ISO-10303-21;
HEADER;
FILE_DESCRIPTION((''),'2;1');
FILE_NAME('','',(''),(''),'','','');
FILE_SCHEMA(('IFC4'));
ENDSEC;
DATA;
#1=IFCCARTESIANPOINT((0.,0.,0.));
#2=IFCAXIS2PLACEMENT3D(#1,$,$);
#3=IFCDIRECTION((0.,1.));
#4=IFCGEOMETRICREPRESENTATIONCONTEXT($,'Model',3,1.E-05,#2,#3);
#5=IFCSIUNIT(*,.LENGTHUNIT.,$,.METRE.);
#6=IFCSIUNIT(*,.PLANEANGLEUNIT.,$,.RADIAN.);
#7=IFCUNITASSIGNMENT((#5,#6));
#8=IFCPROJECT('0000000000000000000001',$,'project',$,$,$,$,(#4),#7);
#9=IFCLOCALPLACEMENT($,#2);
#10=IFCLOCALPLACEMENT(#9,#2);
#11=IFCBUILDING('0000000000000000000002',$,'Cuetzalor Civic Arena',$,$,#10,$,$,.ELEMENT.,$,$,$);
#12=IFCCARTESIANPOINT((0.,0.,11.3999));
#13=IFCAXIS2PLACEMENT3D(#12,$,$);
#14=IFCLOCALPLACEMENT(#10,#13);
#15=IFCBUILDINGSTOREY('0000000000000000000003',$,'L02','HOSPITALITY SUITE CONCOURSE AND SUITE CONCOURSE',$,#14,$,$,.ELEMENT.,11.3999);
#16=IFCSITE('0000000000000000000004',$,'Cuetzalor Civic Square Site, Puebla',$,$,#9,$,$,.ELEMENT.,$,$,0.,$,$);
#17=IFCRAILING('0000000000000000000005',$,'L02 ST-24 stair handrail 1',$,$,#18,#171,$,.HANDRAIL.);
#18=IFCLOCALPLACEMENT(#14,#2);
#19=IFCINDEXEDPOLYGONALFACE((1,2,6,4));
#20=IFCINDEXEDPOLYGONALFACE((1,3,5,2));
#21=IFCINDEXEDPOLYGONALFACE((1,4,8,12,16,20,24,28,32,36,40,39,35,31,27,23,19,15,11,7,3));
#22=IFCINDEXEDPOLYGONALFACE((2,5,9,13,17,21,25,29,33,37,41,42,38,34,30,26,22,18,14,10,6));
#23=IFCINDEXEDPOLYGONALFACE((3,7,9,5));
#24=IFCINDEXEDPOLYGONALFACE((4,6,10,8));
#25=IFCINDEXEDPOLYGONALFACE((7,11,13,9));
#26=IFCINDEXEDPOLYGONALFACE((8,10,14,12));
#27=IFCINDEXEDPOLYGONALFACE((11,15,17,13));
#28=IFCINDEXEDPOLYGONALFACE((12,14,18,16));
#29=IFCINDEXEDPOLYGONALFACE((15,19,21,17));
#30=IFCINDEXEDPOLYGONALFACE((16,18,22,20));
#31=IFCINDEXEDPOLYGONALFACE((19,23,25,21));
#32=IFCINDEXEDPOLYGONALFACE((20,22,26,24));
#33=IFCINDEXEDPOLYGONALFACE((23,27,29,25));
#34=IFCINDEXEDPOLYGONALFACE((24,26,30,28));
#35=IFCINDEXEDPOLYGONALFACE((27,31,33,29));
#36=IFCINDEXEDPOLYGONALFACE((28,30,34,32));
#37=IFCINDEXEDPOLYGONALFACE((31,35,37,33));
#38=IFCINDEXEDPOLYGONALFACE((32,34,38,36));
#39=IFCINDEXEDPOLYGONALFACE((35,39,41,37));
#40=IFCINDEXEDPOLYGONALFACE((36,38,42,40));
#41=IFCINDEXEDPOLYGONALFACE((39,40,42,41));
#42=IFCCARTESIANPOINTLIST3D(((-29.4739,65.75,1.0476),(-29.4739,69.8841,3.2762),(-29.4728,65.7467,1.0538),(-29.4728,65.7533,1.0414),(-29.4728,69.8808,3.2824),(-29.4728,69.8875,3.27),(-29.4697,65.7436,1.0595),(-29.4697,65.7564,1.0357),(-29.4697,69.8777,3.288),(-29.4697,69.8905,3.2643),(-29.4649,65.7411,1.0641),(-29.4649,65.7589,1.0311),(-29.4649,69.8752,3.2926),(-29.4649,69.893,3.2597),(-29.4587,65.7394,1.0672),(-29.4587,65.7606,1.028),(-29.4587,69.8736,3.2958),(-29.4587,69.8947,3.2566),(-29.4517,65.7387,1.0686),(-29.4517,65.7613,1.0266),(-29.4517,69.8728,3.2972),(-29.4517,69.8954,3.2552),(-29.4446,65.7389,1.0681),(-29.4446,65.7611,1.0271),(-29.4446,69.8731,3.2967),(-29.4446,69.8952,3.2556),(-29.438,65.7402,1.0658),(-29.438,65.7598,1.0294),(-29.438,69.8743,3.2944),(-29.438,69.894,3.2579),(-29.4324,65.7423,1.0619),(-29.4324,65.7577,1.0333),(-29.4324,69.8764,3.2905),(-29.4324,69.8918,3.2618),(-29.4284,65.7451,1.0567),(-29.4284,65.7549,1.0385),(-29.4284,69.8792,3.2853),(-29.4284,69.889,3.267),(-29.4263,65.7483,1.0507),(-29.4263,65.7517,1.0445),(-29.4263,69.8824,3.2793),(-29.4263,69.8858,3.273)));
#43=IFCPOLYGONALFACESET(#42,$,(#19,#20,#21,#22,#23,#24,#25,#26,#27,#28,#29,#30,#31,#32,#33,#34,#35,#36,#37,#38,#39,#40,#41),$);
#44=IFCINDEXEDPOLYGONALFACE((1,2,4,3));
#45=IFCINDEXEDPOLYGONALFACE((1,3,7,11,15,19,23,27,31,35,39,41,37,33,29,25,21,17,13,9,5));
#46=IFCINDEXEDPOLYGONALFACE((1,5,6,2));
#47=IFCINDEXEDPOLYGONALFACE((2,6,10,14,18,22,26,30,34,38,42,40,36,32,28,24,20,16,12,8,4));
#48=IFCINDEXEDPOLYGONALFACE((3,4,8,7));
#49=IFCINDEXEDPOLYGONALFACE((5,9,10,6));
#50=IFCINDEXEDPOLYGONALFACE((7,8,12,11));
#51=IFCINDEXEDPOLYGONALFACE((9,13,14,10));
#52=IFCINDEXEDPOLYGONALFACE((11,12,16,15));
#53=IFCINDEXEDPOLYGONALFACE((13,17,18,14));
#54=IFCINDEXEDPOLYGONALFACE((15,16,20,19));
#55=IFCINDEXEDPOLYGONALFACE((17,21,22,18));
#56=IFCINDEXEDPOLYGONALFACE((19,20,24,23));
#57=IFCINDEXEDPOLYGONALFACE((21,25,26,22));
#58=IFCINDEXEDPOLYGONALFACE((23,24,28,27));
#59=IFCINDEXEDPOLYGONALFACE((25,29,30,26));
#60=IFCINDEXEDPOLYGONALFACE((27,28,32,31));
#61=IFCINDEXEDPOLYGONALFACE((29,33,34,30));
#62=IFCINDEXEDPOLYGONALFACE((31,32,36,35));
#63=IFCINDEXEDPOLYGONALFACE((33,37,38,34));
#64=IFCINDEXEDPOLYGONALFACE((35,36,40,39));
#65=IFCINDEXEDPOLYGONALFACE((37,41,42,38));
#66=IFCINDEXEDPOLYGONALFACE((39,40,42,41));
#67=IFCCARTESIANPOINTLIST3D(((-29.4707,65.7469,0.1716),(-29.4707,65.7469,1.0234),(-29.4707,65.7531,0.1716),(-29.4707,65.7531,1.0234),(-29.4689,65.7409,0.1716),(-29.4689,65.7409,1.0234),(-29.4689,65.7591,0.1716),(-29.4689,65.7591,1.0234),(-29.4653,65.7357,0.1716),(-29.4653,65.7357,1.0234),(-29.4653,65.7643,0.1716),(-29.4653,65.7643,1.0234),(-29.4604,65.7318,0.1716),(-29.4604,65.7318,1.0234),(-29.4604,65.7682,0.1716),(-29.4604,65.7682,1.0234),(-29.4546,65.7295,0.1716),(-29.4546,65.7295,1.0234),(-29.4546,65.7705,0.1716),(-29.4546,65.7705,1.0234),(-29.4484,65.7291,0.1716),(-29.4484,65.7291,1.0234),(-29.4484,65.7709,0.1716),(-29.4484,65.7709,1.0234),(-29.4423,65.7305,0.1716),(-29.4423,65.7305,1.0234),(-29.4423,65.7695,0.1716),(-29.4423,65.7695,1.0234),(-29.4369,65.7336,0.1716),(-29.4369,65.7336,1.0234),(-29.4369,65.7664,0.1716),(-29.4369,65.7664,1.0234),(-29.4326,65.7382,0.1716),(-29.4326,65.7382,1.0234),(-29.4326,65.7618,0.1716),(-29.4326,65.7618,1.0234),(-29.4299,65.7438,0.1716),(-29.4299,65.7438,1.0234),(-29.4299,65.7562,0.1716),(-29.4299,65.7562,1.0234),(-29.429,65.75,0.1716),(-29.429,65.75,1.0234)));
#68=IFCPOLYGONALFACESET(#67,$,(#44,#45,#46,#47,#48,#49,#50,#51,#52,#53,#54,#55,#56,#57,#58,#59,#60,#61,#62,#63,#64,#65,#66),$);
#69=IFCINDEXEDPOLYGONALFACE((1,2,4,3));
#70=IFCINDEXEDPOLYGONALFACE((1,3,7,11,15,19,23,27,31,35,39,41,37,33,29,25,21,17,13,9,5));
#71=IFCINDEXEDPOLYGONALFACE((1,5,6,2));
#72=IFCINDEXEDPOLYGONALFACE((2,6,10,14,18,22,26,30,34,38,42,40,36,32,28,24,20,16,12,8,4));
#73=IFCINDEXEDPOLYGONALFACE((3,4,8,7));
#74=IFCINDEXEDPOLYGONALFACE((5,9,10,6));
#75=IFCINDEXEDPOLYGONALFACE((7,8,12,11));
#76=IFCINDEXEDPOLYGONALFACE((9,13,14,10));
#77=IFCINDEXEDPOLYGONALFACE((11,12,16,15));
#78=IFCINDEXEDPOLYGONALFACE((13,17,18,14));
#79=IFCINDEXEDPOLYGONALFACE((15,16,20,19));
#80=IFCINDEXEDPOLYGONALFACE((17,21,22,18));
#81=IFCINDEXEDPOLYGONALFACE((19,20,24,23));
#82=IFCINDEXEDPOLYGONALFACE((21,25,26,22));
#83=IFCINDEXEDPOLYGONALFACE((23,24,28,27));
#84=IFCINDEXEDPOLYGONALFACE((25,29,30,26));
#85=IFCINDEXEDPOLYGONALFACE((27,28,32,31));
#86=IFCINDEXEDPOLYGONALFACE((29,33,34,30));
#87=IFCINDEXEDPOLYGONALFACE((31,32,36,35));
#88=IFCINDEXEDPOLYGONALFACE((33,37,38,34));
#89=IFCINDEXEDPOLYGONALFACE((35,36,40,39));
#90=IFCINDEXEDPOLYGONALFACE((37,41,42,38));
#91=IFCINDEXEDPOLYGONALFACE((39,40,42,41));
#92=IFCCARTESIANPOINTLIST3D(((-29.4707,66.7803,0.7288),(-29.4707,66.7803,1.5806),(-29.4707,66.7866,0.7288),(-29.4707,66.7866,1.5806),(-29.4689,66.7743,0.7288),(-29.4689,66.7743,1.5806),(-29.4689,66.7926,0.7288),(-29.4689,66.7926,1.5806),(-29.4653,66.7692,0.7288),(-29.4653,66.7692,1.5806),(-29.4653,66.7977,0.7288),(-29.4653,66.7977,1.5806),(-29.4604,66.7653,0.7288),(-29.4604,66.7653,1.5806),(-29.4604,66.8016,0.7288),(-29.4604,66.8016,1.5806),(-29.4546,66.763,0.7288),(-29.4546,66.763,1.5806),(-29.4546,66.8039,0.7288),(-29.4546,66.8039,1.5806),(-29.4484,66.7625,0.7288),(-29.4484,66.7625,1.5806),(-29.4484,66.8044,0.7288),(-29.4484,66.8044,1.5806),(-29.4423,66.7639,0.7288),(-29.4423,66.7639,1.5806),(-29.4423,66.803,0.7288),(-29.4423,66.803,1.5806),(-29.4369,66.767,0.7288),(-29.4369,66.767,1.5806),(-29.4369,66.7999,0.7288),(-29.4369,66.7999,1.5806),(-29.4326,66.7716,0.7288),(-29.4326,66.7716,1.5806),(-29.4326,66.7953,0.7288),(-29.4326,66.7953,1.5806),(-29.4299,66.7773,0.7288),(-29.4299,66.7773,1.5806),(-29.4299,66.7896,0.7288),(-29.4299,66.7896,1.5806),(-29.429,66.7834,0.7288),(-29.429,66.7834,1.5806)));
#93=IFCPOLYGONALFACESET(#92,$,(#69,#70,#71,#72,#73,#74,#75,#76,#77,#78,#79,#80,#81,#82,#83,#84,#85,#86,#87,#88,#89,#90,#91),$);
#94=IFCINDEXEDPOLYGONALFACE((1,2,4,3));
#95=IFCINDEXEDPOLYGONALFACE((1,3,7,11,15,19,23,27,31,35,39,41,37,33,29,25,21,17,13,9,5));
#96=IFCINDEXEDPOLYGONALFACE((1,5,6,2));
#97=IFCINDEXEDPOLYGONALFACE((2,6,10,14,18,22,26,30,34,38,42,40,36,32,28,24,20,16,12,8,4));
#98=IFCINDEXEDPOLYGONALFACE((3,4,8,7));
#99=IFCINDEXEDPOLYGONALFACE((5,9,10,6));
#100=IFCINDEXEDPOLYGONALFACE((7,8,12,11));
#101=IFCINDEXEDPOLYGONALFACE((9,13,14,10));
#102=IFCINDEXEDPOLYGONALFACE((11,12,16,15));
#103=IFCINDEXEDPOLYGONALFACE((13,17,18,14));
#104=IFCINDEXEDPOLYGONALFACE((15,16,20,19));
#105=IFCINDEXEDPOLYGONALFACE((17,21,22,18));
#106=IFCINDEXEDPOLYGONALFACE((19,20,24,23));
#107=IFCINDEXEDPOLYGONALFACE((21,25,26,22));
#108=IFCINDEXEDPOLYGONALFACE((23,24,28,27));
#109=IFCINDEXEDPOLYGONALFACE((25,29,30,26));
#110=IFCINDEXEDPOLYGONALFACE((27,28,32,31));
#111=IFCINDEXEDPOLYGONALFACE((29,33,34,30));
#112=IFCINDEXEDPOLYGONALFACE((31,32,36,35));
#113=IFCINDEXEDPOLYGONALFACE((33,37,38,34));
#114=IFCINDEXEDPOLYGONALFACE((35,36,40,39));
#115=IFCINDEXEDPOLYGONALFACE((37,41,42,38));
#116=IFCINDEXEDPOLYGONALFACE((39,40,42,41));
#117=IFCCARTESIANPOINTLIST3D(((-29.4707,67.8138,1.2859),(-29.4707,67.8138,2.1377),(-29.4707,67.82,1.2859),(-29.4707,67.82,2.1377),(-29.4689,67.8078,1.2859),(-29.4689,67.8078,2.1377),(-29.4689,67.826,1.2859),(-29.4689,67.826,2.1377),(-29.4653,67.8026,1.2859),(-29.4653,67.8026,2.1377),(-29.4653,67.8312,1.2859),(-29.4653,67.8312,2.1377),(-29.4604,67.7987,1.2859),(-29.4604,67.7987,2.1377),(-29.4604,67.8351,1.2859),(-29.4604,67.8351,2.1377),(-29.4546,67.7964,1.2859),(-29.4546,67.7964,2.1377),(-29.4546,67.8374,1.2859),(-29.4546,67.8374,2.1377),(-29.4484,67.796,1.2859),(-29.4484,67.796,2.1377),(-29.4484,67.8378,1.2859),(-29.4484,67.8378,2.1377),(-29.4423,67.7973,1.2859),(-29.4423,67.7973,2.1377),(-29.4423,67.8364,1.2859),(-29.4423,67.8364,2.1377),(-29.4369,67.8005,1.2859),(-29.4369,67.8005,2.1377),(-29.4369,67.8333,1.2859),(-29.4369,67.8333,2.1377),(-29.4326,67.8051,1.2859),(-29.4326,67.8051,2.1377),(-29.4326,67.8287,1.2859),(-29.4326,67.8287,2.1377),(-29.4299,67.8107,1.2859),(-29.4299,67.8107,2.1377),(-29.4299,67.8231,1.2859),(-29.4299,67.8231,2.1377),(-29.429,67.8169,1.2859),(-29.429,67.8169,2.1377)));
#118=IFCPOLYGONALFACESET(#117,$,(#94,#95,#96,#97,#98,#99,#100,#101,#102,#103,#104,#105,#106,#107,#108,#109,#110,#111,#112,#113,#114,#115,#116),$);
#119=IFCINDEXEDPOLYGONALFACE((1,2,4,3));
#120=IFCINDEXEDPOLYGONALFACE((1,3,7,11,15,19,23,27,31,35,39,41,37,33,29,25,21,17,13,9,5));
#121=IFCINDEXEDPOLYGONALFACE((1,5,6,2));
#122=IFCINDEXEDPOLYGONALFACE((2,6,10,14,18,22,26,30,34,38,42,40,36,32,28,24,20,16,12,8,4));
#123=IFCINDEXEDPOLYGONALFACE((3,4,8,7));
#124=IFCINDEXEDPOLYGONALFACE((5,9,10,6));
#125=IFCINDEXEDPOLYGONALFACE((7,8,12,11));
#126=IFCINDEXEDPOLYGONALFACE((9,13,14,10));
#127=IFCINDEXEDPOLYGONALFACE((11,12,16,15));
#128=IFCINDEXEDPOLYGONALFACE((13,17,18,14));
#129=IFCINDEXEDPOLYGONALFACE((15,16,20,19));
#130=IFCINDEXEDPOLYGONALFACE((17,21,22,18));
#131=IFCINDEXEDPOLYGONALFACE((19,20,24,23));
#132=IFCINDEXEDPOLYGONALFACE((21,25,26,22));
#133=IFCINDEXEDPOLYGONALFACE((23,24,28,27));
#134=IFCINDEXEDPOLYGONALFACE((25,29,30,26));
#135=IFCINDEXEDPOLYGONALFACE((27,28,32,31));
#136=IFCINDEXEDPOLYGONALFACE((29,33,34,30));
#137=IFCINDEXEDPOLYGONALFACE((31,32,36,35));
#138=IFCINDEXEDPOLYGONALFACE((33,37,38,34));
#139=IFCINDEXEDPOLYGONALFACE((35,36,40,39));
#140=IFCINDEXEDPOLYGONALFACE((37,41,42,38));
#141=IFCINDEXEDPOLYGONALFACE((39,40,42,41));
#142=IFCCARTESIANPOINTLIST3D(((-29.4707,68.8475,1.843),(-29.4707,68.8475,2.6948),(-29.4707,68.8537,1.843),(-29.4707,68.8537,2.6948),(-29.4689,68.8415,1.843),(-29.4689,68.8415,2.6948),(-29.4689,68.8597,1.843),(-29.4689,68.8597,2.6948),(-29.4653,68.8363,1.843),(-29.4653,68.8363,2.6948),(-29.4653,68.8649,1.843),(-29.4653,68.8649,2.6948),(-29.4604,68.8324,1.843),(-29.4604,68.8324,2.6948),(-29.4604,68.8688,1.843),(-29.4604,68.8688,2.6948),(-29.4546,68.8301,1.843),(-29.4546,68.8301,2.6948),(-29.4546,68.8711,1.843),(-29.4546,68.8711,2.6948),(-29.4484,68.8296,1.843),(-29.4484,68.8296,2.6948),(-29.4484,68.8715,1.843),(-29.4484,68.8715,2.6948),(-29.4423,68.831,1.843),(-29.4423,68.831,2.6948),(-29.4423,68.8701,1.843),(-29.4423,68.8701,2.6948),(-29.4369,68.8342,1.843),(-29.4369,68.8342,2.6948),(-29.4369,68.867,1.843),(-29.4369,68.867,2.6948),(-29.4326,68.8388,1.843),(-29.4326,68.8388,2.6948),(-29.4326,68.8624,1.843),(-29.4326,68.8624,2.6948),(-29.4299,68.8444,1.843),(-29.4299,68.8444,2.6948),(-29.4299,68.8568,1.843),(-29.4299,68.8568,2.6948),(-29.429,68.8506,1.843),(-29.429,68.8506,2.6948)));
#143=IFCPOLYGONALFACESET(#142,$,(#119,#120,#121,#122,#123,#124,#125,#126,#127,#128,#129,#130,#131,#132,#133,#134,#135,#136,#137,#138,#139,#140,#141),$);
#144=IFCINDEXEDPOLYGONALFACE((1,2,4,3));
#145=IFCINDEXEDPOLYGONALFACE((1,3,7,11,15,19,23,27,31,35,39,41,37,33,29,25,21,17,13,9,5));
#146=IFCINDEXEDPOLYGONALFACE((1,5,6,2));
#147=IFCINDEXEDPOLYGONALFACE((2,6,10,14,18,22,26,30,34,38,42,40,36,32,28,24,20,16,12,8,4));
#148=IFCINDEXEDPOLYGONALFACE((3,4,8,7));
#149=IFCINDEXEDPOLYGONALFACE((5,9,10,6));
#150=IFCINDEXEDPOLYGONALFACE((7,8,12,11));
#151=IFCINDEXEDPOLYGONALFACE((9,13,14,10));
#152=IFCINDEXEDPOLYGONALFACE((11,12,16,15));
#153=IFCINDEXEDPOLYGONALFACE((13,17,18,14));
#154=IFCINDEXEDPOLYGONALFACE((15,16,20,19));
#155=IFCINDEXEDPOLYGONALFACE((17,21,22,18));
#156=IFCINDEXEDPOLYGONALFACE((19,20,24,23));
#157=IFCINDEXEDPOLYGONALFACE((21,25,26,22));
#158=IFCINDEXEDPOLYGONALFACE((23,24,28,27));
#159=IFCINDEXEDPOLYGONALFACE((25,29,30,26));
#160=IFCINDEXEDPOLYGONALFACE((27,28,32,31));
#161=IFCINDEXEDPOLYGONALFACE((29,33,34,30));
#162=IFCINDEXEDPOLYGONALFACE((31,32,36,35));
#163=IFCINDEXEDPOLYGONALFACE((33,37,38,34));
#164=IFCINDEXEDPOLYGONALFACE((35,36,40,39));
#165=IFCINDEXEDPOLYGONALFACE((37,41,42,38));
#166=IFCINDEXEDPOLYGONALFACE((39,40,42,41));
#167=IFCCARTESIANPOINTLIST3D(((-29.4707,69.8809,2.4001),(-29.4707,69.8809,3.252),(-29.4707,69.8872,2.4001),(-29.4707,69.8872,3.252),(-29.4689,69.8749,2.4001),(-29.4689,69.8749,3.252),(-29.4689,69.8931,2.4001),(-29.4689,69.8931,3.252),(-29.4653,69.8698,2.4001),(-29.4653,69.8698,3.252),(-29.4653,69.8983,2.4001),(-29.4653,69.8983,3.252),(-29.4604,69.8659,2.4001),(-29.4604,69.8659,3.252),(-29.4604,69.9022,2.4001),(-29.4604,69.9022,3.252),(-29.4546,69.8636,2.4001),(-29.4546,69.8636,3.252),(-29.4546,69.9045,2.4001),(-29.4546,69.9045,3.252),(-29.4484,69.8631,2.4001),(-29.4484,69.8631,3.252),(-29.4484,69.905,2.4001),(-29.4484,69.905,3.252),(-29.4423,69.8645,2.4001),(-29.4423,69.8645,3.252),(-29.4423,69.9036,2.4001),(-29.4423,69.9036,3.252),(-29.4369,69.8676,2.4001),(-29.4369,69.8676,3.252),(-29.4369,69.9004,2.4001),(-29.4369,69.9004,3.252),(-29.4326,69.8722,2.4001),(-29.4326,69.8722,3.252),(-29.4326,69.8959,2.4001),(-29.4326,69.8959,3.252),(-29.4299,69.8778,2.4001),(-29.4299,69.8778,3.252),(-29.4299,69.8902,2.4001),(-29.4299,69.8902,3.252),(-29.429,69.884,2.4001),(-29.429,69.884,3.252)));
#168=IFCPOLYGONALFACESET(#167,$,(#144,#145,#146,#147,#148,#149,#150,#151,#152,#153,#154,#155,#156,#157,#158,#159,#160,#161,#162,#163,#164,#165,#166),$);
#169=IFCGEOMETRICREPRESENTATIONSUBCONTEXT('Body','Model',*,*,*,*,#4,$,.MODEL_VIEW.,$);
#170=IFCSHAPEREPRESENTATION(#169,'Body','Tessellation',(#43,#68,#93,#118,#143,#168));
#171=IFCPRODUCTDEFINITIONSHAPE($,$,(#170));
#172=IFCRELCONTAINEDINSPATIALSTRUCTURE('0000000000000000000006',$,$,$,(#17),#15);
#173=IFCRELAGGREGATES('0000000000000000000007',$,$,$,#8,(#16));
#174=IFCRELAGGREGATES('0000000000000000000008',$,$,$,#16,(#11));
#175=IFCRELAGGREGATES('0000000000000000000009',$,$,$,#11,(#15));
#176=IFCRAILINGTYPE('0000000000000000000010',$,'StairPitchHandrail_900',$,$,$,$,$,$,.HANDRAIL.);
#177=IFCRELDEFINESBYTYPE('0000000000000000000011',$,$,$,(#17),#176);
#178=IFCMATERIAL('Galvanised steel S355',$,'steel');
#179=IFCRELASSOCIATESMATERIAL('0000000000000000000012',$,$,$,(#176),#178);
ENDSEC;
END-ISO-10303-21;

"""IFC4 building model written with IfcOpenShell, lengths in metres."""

from ifc_helpers import new_model, si_unit, direction, frame, origin, origin_2d, place, context, subcontext, project, spatial, circle, extrude, material, type_object, element, save


model = new_model("IFC4")

# Units and contexts
model_context = context("Model", 3, precision=1e-05, world=origin(), true_north=direction((0.0, 1.0)))
body_context = subcontext(model_context, "Body", "Model", "MODEL_VIEW")
ifc_project = project(units=[si_unit("LENGTHUNIT", "METRE"), si_unit("PLANEANGLEUNIT", "RADIAN")], contexts=[model_context])

# Site, building, storey
site_placement = place(None, origin())
site = spatial("IfcSite", under=ifc_project, at=site_placement, Name="Cuetzalor Civic Square Site, Puebla", CompositionType="ELEMENT", RefElevation=0.0)
building_placement = place(site_placement, origin())
building = spatial("IfcBuilding", under=site, at=building_placement, Name="Cuetzalor Civic Arena", CompositionType="ELEMENT")
storey_placement = place(building_placement, frame((0.0, 0.0, 11.3999)))
storey = spatial("IfcBuildingStorey", under=building, at=storey_placement, Name="L02", Description="HOSPITALITY SUITE CONCOURSE AND SUITE CONCOURSE", CompositionType="ELEMENT", Elevation=11.3999)

# Railing
ifc_material_1 = material(Name="Galvanised steel S355", Category="steel")
railing_type_1 = type_object("IfcRailingType", Name="StairPitchHandrail_900", PredefinedType="HANDRAIL", material=ifc_material_1)
railing_1_placement = place(storey_placement, frame((-29.45, 65.75, 0.1716)))
element("IfcRailing", 1, at=railing_1_placement, inside=storey, type_object=railing_type_1, Name="L02 ST-24 stair handrail 1", PredefinedType="HANDRAIL", context=body_context, shape_type="SweptSolid", body=[
    extrude(circle(Radius=0.0239, at=origin_2d()), frame((0.0, 0.0, 0.876), z_axis=(0.0, 0.880249, 0.474512), x_axis=(-1.0, 0.0, 0.0)), (0.0, 0.0, 1.0), 4.6965),
    extrude(circle(Radius=0.021, at=origin_2d()), origin(), (0.0, 0.0, 1.0), 0.8518),
    extrude(circle(Radius=0.021, at=origin_2d()), frame((0.0, 1.0334, 0.5571)), (0.0, 0.0, 1.0), 0.8518),
    extrude(circle(Radius=0.021, at=origin_2d()), frame((0.0, 2.0669, 1.1143)), (0.0, 0.0, 1.0), 0.8518),
    extrude(circle(Radius=0.021, at=origin_2d()), frame((0.0, 3.1006, 1.6714)), (0.0, 0.0, 1.0), 0.8518),
    extrude(circle(Radius=0.021, at=origin_2d()), frame((0.0, 4.134, 2.2285)), (0.0, 0.0, 1.0), 0.8518),
])

save(model, "model.ifc")
